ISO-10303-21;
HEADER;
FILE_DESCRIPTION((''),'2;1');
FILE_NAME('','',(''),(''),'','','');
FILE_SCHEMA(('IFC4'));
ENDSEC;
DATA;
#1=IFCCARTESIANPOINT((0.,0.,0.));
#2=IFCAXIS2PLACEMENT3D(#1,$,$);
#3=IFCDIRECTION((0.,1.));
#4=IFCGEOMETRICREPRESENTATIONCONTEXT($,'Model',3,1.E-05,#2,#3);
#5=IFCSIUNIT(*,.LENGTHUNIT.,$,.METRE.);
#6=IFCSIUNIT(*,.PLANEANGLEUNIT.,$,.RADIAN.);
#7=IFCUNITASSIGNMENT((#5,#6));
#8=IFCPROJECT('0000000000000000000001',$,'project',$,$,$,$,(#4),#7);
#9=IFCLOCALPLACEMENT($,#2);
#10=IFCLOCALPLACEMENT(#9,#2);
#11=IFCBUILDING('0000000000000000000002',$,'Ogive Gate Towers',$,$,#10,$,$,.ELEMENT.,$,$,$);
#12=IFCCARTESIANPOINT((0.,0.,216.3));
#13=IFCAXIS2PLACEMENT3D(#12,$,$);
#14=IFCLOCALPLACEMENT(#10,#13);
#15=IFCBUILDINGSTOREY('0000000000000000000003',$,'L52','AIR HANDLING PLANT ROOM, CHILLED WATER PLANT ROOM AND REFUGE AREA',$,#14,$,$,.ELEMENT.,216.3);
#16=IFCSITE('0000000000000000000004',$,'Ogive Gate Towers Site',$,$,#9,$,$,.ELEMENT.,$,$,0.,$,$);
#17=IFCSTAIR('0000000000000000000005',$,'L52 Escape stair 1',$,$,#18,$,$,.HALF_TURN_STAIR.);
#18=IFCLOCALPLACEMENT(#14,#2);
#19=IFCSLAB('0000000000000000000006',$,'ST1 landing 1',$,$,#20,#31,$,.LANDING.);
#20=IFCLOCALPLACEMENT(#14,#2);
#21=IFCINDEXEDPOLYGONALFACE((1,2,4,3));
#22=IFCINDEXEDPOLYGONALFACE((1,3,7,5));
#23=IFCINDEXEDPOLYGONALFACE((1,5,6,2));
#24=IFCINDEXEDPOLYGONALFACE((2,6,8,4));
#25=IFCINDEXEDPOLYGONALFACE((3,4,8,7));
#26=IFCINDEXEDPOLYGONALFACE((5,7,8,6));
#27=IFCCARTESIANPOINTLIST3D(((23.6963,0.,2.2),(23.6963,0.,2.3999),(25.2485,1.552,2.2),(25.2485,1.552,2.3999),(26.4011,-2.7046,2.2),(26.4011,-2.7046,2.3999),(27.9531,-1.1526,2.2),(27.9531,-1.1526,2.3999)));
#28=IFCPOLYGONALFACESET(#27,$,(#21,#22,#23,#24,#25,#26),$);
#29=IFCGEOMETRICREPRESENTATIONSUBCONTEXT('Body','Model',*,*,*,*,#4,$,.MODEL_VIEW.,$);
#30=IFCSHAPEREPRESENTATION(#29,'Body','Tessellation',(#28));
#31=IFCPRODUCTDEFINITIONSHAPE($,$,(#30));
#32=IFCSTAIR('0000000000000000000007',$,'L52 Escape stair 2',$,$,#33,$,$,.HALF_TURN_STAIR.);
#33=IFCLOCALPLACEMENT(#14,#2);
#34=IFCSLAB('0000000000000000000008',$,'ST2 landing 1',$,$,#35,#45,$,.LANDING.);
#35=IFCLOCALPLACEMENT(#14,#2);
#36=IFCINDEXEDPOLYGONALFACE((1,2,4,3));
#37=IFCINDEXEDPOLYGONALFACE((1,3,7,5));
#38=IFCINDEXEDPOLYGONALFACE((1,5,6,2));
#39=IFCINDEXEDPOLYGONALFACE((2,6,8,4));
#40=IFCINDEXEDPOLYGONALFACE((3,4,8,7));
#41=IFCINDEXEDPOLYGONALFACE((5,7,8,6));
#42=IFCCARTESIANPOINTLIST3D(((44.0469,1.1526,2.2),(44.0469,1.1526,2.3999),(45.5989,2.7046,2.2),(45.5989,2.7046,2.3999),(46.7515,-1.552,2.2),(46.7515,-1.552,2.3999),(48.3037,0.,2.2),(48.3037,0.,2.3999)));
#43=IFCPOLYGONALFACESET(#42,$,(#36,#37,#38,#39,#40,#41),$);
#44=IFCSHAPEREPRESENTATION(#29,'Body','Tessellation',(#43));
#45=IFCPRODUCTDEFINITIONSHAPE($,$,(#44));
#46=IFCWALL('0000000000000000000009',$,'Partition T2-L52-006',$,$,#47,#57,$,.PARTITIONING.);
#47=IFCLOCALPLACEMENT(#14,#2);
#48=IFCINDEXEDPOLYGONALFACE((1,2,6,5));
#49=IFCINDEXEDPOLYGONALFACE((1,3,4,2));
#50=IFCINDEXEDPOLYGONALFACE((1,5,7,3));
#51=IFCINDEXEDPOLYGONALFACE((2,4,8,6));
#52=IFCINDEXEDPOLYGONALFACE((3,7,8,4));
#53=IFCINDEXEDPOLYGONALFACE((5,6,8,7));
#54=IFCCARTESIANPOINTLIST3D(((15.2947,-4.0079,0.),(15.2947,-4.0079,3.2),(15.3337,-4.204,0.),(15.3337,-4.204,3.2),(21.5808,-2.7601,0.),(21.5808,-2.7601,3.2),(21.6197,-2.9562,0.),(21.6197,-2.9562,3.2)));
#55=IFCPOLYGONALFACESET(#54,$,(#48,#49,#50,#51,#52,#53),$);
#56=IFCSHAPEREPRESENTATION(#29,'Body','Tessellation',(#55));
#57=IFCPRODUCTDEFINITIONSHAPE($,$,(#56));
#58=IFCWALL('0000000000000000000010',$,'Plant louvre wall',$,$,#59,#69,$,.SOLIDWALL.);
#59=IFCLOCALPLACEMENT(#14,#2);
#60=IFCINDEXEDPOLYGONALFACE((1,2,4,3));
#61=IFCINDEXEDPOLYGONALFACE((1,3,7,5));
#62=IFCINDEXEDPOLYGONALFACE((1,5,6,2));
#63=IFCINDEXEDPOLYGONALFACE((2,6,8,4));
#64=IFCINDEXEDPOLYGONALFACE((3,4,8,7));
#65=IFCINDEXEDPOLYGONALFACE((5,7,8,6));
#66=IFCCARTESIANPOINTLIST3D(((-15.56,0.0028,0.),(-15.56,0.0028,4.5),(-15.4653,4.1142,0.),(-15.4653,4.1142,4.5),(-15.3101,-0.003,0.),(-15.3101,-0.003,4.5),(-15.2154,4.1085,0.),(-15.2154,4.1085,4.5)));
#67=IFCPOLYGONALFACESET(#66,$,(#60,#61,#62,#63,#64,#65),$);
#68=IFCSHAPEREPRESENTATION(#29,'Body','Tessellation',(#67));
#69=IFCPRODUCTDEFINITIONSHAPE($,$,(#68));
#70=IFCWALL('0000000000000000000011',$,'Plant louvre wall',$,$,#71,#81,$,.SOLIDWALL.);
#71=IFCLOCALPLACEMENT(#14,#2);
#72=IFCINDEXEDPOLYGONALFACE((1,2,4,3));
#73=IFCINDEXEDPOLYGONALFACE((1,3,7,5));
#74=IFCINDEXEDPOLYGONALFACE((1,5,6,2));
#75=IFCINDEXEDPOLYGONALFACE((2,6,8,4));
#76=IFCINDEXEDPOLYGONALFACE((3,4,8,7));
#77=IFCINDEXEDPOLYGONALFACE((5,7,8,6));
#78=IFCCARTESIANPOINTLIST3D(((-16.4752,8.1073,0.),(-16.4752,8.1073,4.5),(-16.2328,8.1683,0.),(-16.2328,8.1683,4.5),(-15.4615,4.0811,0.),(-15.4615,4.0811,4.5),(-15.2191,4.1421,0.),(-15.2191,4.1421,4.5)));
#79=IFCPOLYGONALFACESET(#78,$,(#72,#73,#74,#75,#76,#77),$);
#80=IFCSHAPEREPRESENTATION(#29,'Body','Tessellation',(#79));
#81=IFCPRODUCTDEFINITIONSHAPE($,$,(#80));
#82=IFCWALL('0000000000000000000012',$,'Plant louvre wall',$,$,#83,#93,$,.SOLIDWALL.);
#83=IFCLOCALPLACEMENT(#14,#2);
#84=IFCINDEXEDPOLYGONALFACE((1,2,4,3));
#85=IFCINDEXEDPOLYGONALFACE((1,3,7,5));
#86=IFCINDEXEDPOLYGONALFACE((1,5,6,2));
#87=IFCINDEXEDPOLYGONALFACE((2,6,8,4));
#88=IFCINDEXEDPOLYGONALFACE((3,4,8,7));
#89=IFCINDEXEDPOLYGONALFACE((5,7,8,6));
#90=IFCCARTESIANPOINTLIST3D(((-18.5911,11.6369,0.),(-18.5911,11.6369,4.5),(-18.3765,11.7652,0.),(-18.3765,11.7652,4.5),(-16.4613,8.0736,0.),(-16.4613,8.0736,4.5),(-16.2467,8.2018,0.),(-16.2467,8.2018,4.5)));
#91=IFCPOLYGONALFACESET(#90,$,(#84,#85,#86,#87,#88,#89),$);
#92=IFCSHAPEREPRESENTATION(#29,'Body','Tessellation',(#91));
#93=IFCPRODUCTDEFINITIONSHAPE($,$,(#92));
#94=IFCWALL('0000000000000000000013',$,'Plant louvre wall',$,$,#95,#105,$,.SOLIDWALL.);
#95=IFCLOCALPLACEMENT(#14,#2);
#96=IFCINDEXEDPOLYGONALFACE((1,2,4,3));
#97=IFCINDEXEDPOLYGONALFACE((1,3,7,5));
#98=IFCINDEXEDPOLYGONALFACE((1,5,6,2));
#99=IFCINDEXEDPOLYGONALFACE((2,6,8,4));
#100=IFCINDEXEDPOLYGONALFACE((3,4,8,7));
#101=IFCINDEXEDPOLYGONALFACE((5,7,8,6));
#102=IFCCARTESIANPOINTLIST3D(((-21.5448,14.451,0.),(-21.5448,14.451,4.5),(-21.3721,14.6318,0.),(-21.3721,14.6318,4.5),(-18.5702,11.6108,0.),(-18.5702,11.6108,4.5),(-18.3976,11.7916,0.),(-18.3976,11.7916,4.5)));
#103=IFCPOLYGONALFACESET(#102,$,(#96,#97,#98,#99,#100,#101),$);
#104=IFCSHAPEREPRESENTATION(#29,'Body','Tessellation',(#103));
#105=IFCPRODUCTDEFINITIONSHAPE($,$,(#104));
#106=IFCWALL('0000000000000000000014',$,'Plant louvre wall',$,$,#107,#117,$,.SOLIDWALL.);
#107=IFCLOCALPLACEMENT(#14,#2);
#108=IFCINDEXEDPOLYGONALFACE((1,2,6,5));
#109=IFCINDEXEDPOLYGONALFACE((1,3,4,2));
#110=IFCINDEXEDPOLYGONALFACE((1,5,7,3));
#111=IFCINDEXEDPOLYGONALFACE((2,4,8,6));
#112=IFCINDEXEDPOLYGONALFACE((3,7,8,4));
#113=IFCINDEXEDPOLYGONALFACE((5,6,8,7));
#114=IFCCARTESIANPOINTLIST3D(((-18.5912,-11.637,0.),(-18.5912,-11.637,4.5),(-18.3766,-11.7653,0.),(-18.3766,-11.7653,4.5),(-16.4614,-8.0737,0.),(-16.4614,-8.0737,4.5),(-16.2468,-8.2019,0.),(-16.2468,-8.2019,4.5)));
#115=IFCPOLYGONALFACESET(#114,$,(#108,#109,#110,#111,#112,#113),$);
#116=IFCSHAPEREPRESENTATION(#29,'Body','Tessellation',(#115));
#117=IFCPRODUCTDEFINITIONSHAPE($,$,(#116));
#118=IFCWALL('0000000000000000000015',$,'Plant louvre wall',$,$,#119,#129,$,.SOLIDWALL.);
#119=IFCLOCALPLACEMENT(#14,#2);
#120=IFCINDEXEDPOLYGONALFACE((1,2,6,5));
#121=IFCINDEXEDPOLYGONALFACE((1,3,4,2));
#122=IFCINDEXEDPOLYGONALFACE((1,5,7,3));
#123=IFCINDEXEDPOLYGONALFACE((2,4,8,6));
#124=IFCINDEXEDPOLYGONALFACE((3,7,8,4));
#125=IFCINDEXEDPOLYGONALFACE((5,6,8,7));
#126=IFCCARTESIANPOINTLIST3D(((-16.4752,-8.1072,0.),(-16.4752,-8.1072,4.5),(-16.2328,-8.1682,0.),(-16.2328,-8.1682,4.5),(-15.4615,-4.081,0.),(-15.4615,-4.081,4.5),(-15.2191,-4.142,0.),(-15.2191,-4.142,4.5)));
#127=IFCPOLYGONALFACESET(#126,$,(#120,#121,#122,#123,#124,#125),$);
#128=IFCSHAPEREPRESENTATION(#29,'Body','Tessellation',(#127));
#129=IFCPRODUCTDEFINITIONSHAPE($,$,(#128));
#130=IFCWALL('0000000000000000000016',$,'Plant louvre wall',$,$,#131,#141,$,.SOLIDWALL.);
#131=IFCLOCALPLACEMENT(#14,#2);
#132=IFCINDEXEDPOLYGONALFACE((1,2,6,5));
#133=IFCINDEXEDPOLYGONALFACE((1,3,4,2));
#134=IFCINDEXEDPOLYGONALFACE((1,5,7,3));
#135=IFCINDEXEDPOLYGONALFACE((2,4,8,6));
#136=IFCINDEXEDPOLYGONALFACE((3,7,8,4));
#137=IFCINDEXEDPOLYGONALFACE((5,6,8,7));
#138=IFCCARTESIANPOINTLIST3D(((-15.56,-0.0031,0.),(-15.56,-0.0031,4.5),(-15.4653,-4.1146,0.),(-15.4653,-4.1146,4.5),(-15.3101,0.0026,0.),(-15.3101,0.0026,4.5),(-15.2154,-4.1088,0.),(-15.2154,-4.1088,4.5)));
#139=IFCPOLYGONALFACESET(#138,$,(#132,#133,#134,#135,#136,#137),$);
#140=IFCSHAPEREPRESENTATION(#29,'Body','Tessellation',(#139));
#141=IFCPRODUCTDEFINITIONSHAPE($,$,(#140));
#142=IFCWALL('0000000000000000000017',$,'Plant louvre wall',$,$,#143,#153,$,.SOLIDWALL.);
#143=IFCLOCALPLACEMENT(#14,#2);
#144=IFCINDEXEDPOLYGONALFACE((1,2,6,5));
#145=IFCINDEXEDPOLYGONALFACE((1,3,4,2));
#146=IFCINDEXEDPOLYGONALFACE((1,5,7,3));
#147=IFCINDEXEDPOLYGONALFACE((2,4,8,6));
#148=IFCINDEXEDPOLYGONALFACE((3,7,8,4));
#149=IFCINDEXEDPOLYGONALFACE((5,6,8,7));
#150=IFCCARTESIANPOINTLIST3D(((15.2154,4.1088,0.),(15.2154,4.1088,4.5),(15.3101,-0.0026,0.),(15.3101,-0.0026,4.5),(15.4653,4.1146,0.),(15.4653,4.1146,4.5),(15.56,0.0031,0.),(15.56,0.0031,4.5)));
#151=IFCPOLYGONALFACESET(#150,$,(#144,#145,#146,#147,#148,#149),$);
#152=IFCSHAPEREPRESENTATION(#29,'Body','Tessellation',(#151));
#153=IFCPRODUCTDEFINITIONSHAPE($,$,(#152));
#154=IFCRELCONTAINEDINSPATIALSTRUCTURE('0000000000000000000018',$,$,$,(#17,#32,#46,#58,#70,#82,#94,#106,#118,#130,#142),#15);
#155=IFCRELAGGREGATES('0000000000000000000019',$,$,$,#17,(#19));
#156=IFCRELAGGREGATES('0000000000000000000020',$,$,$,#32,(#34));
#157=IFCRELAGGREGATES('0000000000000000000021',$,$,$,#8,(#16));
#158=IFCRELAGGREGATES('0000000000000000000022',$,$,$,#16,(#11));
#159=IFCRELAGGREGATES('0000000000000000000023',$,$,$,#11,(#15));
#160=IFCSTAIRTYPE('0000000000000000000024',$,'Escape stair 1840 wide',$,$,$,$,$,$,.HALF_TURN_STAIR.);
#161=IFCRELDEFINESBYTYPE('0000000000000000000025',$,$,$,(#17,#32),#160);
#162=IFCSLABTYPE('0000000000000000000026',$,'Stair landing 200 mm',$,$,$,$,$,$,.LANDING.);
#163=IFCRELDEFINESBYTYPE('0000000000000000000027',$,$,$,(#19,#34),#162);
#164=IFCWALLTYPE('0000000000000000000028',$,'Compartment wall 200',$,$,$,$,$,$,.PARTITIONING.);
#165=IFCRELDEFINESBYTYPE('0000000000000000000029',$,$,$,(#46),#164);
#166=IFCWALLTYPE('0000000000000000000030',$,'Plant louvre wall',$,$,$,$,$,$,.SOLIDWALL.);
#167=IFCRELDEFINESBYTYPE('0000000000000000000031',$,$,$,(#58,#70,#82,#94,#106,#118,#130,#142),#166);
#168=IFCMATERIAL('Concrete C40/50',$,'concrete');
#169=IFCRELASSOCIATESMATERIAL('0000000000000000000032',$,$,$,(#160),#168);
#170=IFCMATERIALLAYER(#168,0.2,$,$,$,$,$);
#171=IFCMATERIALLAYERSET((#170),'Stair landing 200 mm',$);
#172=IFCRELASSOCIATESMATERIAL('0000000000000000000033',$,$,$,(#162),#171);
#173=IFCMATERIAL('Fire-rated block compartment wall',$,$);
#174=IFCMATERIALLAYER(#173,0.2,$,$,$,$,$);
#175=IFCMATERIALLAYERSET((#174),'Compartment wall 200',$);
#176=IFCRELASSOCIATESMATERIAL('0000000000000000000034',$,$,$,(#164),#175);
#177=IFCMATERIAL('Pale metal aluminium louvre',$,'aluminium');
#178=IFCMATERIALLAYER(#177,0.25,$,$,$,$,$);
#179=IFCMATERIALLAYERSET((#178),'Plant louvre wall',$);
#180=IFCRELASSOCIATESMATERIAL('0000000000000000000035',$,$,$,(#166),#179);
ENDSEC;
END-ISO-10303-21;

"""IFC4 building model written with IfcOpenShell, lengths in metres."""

from ifc_helpers import new_model, si_unit, direction, frame, frame_2d, origin, place, context, subcontext, project, spatial, polyline, rectangle, outline, extrude, material, layer, layer_set, type_object, element, aggregate, save


model = new_model("IFC4")

# Units and contexts
model_context = context("Model", 3, precision=1e-05, world=origin(), true_north=direction((0.0, 1.0)))
body_context = subcontext(model_context, "Body", "Model", "MODEL_VIEW")
ifc_project = project(units=[si_unit("LENGTHUNIT", "METRE"), si_unit("PLANEANGLEUNIT", "RADIAN")], contexts=[model_context])

# Site, building, storey
site_placement = place(None, origin())
site = spatial("IfcSite", under=ifc_project, at=site_placement, Name="Ogive Gate Towers Site", CompositionType="ELEMENT", RefElevation=0.0)
building_placement = place(site_placement, origin())
building = spatial("IfcBuilding", under=site, at=building_placement, Name="Ogive Gate Towers", CompositionType="ELEMENT")
storey_placement = place(building_placement, frame((0.0, 0.0, 216.3)))
storey = spatial("IfcBuildingStorey", under=building, at=storey_placement, Name="L52", Description="AIR HANDLING PLANT ROOM, CHILLED WATER PLANT ROOM AND REFUGE AREA", CompositionType="ELEMENT", Elevation=216.3)

# Shared definitions
ifc_material_1 = material(Name="Concrete C40/50", Category="concrete")

# Stairs, slabs
stair_type = type_object("IfcStairType", Name="Escape stair 1840 wide", PredefinedType="HALF_TURN_STAIR", material=ifc_material_1)
ifc_layer_1 = layer(ifc_material_1, 0.2)
ifc_layer_set_1 = layer_set([ifc_layer_1], Name="Stair landing 200 mm")
slab_type_1 = type_object("IfcSlabType", Name="Stair landing 200 mm", PredefinedType="LANDING", material=ifc_layer_set_1)
stair_1_placement = place(storey_placement, origin())
stair_1 = element("IfcStair", 1, at=stair_1_placement, inside=storey, type_object=stair_type, Name="L52 Escape stair 1", PredefinedType="HALF_TURN_STAIR")
slab_1_placement = place(storey_placement, frame((0.0, 0.0, 2.2)))
slab_1 = element("IfcSlab", 2, at=slab_1_placement, type_object=slab_type_1, Name="ST1 landing 1", PredefinedType="LANDING", context=body_context, shape_type="SweptSolid", body=[
    extrude(outline(polyline([(25.2485, 1.552), (23.6963, 0.0), (26.4011, -2.7046), (27.9531, -1.1526), (25.2485, 1.552)])), origin(), (0.0, 0.0, 1.0), 0.2),
])
aggregate(stair_1, [slab_1])
stair_2_placement = place(storey_placement, origin())
stair_2 = element("IfcStair", 3, at=stair_2_placement, inside=storey, type_object=stair_type, Name="L52 Escape stair 2", PredefinedType="HALF_TURN_STAIR")
slab_2_placement = place(storey_placement, frame((0.0, 0.0, 2.2)))
slab_2 = element("IfcSlab", 4, at=slab_2_placement, type_object=slab_type_1, Name="ST2 landing 1", PredefinedType="LANDING", context=body_context, shape_type="SweptSolid", body=[
    extrude(outline(polyline([(46.7515, -1.552), (48.3037, 0.0), (45.5989, 2.7046), (44.0469, 1.1526), (46.7515, -1.552)])), origin(), (0.0, 0.0, 1.0), 0.2),
])
aggregate(stair_2, [slab_2])

# Walls
ifc_material_2 = material(Name="Fire-rated block compartment wall")
ifc_layer_2 = layer(ifc_material_2, 0.2)
ifc_layer_set_2 = layer_set([ifc_layer_2], Name="Compartment wall 200")
wall_type_1 = type_object("IfcWallType", Name="Compartment wall 200", PredefinedType="PARTITIONING", material=ifc_layer_set_2)
wall_1_placement = place(storey_placement, frame((15.3142, -4.106, 0.0), z_axis=(0.0, 0.0, 1.0), x_axis=(0.980862, 0.194702, 0.0)))
element("IfcWall", 5, at=wall_1_placement, inside=storey, type_object=wall_type_1, Name="Partition T2-L52-006", PredefinedType="PARTITIONING", context=body_context, shape_type="SweptSolid", body=[
    extrude(rectangle(XDim=6.4087, YDim=0.2, at=frame_2d((3.2043, 0.0))), origin(), (0.0, 0.0, 1.0), 3.2),
])
ifc_material_3 = material(Name="Pale metal aluminium louvre", Category="aluminium")
ifc_layer_3 = layer(ifc_material_3, 0.25)
ifc_layer_set_3 = layer_set([ifc_layer_3], Name="Plant louvre wall")
wall_type_2 = type_object("IfcWallType", Name="Plant louvre wall", PredefinedType="SOLIDWALL", material=ifc_layer_set_3)
wall_2_placement = place(storey_placement, frame((-15.4351, 0.0, 0.0), z_axis=(0.0, 0.0, 1.0), x_axis=(0.023033, 0.999735, 0.0)))
element("IfcWall", 6, at=wall_2_placement, inside=storey, type_object=wall_type_2, Name="Plant louvre wall", PredefinedType="SOLIDWALL", context=body_context, shape_type="SweptSolid", body=[
    extrude(rectangle(XDim=4.1125, YDim=0.25, at=frame_2d((2.0562, 0.0))), origin(), (0.0, 0.0, 1.0), 4.5),
])
wall_3_placement = place(storey_placement, frame((-15.3403, 4.1116, 0.0), z_axis=(0.0, 0.0, 1.0), x_axis=(-0.244154, 0.969736, 0.0)))
element("IfcWall", 7, at=wall_3_placement, inside=storey, type_object=wall_type_2, Name="Plant louvre wall", PredefinedType="SOLIDWALL", context=body_context, shape_type="SweptSolid", body=[
    extrude(rectangle(XDim=4.1519, YDim=0.25, at=frame_2d((2.0759, 0.0))), origin(), (0.0, 0.0, 1.0), 4.5),
])
wall_4_placement = place(storey_placement, frame((-16.354, 8.1377, 0.0), z_axis=(0.0, 0.0, 1.0), x_axis=(-0.513042, 0.858363, 0.0)))
element("IfcWall", 8, at=wall_4_placement, inside=storey, type_object=wall_type_2, Name="Plant louvre wall", PredefinedType="SOLIDWALL", context=body_context, shape_type="SweptSolid", body=[
    extrude(rectangle(XDim=4.1514, YDim=0.25, at=frame_2d((2.0757, 0.0))), origin(), (0.0, 0.0, 1.0), 4.5),
])
wall_5_placement = place(storey_placement, frame((-18.4839, 11.7012, 0.0), z_axis=(0.0, 0.0, 1.0), x_axis=(-0.723242, 0.690594, 0.0)))
element("IfcWall", 9, at=wall_5_placement, inside=storey, type_object=wall_type_2, Name="Plant louvre wall", PredefinedType="SOLIDWALL", context=body_context, shape_type="SweptSolid", body=[
    extrude(rectangle(XDim=4.1128, YDim=0.25, at=frame_2d((2.0564, 0.0))), origin(), (0.0, 0.0, 1.0), 4.5),
])
wall_6_placement = place(storey_placement, frame((-18.4839, -11.7012, 0.0), z_axis=(0.0, 0.0, 1.0), x_axis=(0.513042, 0.858363, 0.0)))
element("IfcWall", 10, at=wall_6_placement, inside=storey, type_object=wall_type_2, Name="Plant louvre wall", PredefinedType="SOLIDWALL", context=body_context, shape_type="SweptSolid", body=[
    extrude(rectangle(XDim=4.1514, YDim=0.25, at=frame_2d((2.0757, 0.0))), origin(), (0.0, 0.0, 1.0), 4.5),
])
wall_7_placement = place(storey_placement, frame((-16.354, -8.1377, 0.0), z_axis=(0.0, 0.0, 1.0), x_axis=(0.244154, 0.969736, 0.0)))
element("IfcWall", 11, at=wall_7_placement, inside=storey, type_object=wall_type_2, Name="Plant louvre wall", PredefinedType="SOLIDWALL", context=body_context, shape_type="SweptSolid", body=[
    extrude(rectangle(XDim=4.1519, YDim=0.25, at=frame_2d((2.0759, 0.0))), origin(), (0.0, 0.0, 1.0), 4.5),
])
for number, where, z_axis, x_axis, name in (
    (12, (-15.3403, -4.1116, 0.0), (0.0, 0.0, 1.0), (-0.023033, 0.999735, 0.0), "Plant louvre wall"),
    (13, (15.3403, 4.1116, 0.0), (0.0, 0.0, 1.0), (0.023033, -0.999735, 0.0), "Plant louvre wall"),
):
    element("IfcWall", number, at=place(storey_placement, frame(where, z_axis=z_axis, x_axis=x_axis)), inside=storey, type_object=wall_type_2, Name=name, PredefinedType="SOLIDWALL", context=body_context, shape_type="SweptSolid", body=[
        extrude(rectangle(XDim=4.1125, YDim=0.25, at=frame_2d((2.0562, 0.0))), origin(), (0.0, 0.0, 1.0), 4.5),
    ])

save(model, "model.ifc")
